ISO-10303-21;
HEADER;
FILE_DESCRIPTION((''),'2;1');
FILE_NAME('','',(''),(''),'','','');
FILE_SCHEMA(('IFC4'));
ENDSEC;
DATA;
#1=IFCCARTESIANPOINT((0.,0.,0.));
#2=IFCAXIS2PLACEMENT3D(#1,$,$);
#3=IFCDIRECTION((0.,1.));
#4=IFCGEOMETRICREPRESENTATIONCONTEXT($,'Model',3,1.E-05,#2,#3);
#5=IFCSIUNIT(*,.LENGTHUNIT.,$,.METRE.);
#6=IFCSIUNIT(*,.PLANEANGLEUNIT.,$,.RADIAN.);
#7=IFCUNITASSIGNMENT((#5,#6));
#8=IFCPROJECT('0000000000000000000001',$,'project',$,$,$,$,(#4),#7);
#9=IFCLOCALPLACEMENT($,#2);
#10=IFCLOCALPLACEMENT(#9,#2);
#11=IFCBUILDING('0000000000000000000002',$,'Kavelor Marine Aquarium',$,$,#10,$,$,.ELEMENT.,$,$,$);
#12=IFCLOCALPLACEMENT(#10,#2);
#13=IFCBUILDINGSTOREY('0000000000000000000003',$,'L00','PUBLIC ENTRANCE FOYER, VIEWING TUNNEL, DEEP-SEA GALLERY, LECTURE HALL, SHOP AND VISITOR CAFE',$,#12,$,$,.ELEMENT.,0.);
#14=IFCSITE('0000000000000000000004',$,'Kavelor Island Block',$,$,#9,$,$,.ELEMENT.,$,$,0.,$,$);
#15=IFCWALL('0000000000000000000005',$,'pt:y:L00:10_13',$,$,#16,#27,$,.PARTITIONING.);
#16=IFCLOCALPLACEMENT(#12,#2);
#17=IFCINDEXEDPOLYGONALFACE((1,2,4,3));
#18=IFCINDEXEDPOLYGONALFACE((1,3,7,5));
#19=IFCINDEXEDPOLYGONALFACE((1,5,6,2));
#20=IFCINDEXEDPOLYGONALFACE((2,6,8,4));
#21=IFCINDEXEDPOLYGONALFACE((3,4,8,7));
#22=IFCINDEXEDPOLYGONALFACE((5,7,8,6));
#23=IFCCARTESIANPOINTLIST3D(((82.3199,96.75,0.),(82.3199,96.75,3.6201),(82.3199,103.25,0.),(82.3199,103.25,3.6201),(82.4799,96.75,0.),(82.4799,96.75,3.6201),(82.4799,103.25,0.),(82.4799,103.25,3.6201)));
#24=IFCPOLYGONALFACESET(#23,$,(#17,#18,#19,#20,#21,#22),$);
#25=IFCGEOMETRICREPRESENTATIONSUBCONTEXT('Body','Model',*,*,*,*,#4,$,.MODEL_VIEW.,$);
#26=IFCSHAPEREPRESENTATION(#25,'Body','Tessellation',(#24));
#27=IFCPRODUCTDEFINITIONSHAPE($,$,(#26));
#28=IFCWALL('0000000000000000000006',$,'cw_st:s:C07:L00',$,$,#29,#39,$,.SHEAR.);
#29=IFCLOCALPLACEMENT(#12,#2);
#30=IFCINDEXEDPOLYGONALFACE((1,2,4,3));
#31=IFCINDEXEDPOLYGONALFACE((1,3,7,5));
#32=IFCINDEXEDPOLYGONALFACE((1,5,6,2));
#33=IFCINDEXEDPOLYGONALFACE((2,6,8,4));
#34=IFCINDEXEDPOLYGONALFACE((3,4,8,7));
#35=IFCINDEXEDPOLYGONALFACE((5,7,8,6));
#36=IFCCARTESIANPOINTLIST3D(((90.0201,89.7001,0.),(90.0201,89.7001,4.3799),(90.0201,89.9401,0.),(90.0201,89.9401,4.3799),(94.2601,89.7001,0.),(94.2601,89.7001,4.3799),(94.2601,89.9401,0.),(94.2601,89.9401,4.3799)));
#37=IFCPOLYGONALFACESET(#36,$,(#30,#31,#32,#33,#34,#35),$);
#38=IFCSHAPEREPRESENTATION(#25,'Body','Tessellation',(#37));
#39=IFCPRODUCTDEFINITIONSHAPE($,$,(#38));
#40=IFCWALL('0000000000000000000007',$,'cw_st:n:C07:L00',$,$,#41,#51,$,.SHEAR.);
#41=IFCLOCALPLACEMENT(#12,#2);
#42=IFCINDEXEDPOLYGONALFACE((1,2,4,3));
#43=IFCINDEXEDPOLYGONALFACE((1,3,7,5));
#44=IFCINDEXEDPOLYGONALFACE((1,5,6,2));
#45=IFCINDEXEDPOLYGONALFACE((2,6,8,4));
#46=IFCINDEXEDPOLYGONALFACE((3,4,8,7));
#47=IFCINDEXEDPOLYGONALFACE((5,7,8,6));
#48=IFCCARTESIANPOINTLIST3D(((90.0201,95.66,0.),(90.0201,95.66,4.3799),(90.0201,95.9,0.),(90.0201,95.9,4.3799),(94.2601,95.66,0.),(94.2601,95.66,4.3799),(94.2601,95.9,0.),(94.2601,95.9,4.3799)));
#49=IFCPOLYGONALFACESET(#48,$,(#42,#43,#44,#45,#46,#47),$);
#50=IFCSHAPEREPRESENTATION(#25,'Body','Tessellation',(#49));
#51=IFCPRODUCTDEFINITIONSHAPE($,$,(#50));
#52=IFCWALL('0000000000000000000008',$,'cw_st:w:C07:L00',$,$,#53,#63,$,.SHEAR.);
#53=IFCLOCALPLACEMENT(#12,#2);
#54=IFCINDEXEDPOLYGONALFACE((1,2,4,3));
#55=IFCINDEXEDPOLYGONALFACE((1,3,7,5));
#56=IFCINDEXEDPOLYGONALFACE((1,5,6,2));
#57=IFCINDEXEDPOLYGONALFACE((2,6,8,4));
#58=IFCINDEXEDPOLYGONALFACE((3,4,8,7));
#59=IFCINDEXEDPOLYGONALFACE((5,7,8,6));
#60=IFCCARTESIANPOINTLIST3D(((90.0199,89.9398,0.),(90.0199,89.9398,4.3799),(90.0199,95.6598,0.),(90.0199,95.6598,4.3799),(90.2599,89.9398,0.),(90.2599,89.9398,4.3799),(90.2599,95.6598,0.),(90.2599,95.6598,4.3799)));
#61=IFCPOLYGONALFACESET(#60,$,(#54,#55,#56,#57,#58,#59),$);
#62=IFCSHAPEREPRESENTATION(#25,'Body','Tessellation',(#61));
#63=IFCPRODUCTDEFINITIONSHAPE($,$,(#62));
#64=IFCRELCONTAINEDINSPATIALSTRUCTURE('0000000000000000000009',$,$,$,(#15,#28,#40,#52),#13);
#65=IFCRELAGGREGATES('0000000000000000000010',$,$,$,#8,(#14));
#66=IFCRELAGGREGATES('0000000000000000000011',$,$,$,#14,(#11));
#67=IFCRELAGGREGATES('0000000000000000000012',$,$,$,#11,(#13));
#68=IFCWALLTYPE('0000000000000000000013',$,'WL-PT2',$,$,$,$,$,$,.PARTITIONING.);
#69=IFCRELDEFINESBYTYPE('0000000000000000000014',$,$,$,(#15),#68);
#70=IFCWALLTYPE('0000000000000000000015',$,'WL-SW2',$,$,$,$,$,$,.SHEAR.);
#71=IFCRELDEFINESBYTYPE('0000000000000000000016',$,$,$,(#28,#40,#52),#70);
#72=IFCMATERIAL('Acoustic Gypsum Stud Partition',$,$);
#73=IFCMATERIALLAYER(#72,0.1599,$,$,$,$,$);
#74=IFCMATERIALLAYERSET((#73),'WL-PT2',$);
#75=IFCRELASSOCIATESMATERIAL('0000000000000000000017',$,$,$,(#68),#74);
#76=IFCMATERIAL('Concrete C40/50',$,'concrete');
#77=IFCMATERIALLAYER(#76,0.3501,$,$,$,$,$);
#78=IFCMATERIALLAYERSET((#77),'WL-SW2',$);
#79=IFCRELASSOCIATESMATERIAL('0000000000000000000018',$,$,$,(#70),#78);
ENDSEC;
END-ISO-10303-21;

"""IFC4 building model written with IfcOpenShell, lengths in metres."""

from ifc_helpers import new_model, si_unit, direction, frame, frame_2d, origin, place, context, subcontext, project, spatial, rectangle, extrude, material, layer, layer_set, type_object, element, save


model = new_model("IFC4")

# Units and contexts
model_context = context("Model", 3, precision=1e-05, world=origin(), true_north=direction((0.0, 1.0)))
body_context = subcontext(model_context, "Body", "Model", "MODEL_VIEW")
ifc_project = project(units=[si_unit("LENGTHUNIT", "METRE"), si_unit("PLANEANGLEUNIT", "RADIAN")], contexts=[model_context])

# Site, building, storey
site_placement = place(None, origin())
site = spatial("IfcSite", under=ifc_project, at=site_placement, Name="Kavelor Island Block", CompositionType="ELEMENT", RefElevation=0.0)
building_placement = place(site_placement, origin())
building = spatial("IfcBuilding", under=site, at=building_placement, Name="Kavelor Marine Aquarium", CompositionType="ELEMENT")
storey_placement = place(building_placement, origin())
storey = spatial("IfcBuildingStorey", under=building, at=storey_placement, Name="L00", Description="PUBLIC ENTRANCE FOYER, VIEWING TUNNEL, DEEP-SEA GALLERY, LECTURE HALL, SHOP AND VISITOR CAFE", CompositionType="ELEMENT", Elevation=0.0)

# Walls
ifc_material_1 = material(Name="Acoustic Gypsum Stud Partition")
ifc_layer_1 = layer(ifc_material_1, 0.1599)
ifc_layer_set_1 = layer_set([ifc_layer_1], Name="WL-PT2")
wall_type_1 = type_object("IfcWallType", Name="WL-PT2", PredefinedType="PARTITIONING", material=ifc_layer_set_1)
wall_1_placement = place(storey_placement, frame((82.3999, 96.75, 0.0), z_axis=(0.0, 0.0, 1.0), x_axis=(0.0, 1.0, 0.0)))
element("IfcWall", 1, at=wall_1_placement, inside=storey, type_object=wall_type_1, Name="pt:y:L00:10_13", PredefinedType="PARTITIONING", context=body_context, shape_type="SweptSolid", body=[
    extrude(rectangle(XDim=6.5, YDim=0.1599, at=frame_2d((3.25, 0.0))), origin(), (0.0, 0.0, 1.0), 3.6201),
])
ifc_material_2 = material(Name="Concrete C40/50", Category="concrete")
ifc_layer_2 = layer(ifc_material_2, 0.3501)
ifc_layer_set_2 = layer_set([ifc_layer_2], Name="WL-SW2")
wall_type_2 = type_object("IfcWallType", Name="WL-SW2", PredefinedType="SHEAR", material=ifc_layer_set_2)
for number, where, z_axis, x_axis, name in (
    (2, (90.02, 89.8201, 0.0), (0.0, 0.0, 1.0), (1.0, 0.0, 0.0), "cw_st:s:C07:L00"),
    (3, (90.02, 95.78, 0.0), (0.0, 0.0, 1.0), (1.0, 0.0, 0.0), "cw_st:n:C07:L00"),
):
    element("IfcWall", number, at=place(storey_placement, frame(where, z_axis=z_axis, x_axis=x_axis)), inside=storey, type_object=wall_type_2, Name=name, PredefinedType="SHEAR", context=body_context, shape_type="SweptSolid", body=[
        extrude(rectangle(XDim=4.24, YDim=0.24, at=frame_2d((2.1201, 0.0))), origin(), (0.0, 0.0, 1.0), 4.3799),
    ])
wall_2_placement = place(storey_placement, frame((90.1399, 89.9399, 0.0), z_axis=(0.0, 0.0, 1.0), x_axis=(0.0, 1.0, 0.0)))
element("IfcWall", 4, at=wall_2_placement, inside=storey, type_object=wall_type_2, Name="cw_st:w:C07:L00", PredefinedType="SHEAR", context=body_context, shape_type="SweptSolid", body=[
    extrude(rectangle(XDim=5.72, YDim=0.24, at=frame_2d((2.8599, 0.0))), origin(), (0.0, 0.0, 1.0), 4.3799),
])

save(model, "model.ifc")
